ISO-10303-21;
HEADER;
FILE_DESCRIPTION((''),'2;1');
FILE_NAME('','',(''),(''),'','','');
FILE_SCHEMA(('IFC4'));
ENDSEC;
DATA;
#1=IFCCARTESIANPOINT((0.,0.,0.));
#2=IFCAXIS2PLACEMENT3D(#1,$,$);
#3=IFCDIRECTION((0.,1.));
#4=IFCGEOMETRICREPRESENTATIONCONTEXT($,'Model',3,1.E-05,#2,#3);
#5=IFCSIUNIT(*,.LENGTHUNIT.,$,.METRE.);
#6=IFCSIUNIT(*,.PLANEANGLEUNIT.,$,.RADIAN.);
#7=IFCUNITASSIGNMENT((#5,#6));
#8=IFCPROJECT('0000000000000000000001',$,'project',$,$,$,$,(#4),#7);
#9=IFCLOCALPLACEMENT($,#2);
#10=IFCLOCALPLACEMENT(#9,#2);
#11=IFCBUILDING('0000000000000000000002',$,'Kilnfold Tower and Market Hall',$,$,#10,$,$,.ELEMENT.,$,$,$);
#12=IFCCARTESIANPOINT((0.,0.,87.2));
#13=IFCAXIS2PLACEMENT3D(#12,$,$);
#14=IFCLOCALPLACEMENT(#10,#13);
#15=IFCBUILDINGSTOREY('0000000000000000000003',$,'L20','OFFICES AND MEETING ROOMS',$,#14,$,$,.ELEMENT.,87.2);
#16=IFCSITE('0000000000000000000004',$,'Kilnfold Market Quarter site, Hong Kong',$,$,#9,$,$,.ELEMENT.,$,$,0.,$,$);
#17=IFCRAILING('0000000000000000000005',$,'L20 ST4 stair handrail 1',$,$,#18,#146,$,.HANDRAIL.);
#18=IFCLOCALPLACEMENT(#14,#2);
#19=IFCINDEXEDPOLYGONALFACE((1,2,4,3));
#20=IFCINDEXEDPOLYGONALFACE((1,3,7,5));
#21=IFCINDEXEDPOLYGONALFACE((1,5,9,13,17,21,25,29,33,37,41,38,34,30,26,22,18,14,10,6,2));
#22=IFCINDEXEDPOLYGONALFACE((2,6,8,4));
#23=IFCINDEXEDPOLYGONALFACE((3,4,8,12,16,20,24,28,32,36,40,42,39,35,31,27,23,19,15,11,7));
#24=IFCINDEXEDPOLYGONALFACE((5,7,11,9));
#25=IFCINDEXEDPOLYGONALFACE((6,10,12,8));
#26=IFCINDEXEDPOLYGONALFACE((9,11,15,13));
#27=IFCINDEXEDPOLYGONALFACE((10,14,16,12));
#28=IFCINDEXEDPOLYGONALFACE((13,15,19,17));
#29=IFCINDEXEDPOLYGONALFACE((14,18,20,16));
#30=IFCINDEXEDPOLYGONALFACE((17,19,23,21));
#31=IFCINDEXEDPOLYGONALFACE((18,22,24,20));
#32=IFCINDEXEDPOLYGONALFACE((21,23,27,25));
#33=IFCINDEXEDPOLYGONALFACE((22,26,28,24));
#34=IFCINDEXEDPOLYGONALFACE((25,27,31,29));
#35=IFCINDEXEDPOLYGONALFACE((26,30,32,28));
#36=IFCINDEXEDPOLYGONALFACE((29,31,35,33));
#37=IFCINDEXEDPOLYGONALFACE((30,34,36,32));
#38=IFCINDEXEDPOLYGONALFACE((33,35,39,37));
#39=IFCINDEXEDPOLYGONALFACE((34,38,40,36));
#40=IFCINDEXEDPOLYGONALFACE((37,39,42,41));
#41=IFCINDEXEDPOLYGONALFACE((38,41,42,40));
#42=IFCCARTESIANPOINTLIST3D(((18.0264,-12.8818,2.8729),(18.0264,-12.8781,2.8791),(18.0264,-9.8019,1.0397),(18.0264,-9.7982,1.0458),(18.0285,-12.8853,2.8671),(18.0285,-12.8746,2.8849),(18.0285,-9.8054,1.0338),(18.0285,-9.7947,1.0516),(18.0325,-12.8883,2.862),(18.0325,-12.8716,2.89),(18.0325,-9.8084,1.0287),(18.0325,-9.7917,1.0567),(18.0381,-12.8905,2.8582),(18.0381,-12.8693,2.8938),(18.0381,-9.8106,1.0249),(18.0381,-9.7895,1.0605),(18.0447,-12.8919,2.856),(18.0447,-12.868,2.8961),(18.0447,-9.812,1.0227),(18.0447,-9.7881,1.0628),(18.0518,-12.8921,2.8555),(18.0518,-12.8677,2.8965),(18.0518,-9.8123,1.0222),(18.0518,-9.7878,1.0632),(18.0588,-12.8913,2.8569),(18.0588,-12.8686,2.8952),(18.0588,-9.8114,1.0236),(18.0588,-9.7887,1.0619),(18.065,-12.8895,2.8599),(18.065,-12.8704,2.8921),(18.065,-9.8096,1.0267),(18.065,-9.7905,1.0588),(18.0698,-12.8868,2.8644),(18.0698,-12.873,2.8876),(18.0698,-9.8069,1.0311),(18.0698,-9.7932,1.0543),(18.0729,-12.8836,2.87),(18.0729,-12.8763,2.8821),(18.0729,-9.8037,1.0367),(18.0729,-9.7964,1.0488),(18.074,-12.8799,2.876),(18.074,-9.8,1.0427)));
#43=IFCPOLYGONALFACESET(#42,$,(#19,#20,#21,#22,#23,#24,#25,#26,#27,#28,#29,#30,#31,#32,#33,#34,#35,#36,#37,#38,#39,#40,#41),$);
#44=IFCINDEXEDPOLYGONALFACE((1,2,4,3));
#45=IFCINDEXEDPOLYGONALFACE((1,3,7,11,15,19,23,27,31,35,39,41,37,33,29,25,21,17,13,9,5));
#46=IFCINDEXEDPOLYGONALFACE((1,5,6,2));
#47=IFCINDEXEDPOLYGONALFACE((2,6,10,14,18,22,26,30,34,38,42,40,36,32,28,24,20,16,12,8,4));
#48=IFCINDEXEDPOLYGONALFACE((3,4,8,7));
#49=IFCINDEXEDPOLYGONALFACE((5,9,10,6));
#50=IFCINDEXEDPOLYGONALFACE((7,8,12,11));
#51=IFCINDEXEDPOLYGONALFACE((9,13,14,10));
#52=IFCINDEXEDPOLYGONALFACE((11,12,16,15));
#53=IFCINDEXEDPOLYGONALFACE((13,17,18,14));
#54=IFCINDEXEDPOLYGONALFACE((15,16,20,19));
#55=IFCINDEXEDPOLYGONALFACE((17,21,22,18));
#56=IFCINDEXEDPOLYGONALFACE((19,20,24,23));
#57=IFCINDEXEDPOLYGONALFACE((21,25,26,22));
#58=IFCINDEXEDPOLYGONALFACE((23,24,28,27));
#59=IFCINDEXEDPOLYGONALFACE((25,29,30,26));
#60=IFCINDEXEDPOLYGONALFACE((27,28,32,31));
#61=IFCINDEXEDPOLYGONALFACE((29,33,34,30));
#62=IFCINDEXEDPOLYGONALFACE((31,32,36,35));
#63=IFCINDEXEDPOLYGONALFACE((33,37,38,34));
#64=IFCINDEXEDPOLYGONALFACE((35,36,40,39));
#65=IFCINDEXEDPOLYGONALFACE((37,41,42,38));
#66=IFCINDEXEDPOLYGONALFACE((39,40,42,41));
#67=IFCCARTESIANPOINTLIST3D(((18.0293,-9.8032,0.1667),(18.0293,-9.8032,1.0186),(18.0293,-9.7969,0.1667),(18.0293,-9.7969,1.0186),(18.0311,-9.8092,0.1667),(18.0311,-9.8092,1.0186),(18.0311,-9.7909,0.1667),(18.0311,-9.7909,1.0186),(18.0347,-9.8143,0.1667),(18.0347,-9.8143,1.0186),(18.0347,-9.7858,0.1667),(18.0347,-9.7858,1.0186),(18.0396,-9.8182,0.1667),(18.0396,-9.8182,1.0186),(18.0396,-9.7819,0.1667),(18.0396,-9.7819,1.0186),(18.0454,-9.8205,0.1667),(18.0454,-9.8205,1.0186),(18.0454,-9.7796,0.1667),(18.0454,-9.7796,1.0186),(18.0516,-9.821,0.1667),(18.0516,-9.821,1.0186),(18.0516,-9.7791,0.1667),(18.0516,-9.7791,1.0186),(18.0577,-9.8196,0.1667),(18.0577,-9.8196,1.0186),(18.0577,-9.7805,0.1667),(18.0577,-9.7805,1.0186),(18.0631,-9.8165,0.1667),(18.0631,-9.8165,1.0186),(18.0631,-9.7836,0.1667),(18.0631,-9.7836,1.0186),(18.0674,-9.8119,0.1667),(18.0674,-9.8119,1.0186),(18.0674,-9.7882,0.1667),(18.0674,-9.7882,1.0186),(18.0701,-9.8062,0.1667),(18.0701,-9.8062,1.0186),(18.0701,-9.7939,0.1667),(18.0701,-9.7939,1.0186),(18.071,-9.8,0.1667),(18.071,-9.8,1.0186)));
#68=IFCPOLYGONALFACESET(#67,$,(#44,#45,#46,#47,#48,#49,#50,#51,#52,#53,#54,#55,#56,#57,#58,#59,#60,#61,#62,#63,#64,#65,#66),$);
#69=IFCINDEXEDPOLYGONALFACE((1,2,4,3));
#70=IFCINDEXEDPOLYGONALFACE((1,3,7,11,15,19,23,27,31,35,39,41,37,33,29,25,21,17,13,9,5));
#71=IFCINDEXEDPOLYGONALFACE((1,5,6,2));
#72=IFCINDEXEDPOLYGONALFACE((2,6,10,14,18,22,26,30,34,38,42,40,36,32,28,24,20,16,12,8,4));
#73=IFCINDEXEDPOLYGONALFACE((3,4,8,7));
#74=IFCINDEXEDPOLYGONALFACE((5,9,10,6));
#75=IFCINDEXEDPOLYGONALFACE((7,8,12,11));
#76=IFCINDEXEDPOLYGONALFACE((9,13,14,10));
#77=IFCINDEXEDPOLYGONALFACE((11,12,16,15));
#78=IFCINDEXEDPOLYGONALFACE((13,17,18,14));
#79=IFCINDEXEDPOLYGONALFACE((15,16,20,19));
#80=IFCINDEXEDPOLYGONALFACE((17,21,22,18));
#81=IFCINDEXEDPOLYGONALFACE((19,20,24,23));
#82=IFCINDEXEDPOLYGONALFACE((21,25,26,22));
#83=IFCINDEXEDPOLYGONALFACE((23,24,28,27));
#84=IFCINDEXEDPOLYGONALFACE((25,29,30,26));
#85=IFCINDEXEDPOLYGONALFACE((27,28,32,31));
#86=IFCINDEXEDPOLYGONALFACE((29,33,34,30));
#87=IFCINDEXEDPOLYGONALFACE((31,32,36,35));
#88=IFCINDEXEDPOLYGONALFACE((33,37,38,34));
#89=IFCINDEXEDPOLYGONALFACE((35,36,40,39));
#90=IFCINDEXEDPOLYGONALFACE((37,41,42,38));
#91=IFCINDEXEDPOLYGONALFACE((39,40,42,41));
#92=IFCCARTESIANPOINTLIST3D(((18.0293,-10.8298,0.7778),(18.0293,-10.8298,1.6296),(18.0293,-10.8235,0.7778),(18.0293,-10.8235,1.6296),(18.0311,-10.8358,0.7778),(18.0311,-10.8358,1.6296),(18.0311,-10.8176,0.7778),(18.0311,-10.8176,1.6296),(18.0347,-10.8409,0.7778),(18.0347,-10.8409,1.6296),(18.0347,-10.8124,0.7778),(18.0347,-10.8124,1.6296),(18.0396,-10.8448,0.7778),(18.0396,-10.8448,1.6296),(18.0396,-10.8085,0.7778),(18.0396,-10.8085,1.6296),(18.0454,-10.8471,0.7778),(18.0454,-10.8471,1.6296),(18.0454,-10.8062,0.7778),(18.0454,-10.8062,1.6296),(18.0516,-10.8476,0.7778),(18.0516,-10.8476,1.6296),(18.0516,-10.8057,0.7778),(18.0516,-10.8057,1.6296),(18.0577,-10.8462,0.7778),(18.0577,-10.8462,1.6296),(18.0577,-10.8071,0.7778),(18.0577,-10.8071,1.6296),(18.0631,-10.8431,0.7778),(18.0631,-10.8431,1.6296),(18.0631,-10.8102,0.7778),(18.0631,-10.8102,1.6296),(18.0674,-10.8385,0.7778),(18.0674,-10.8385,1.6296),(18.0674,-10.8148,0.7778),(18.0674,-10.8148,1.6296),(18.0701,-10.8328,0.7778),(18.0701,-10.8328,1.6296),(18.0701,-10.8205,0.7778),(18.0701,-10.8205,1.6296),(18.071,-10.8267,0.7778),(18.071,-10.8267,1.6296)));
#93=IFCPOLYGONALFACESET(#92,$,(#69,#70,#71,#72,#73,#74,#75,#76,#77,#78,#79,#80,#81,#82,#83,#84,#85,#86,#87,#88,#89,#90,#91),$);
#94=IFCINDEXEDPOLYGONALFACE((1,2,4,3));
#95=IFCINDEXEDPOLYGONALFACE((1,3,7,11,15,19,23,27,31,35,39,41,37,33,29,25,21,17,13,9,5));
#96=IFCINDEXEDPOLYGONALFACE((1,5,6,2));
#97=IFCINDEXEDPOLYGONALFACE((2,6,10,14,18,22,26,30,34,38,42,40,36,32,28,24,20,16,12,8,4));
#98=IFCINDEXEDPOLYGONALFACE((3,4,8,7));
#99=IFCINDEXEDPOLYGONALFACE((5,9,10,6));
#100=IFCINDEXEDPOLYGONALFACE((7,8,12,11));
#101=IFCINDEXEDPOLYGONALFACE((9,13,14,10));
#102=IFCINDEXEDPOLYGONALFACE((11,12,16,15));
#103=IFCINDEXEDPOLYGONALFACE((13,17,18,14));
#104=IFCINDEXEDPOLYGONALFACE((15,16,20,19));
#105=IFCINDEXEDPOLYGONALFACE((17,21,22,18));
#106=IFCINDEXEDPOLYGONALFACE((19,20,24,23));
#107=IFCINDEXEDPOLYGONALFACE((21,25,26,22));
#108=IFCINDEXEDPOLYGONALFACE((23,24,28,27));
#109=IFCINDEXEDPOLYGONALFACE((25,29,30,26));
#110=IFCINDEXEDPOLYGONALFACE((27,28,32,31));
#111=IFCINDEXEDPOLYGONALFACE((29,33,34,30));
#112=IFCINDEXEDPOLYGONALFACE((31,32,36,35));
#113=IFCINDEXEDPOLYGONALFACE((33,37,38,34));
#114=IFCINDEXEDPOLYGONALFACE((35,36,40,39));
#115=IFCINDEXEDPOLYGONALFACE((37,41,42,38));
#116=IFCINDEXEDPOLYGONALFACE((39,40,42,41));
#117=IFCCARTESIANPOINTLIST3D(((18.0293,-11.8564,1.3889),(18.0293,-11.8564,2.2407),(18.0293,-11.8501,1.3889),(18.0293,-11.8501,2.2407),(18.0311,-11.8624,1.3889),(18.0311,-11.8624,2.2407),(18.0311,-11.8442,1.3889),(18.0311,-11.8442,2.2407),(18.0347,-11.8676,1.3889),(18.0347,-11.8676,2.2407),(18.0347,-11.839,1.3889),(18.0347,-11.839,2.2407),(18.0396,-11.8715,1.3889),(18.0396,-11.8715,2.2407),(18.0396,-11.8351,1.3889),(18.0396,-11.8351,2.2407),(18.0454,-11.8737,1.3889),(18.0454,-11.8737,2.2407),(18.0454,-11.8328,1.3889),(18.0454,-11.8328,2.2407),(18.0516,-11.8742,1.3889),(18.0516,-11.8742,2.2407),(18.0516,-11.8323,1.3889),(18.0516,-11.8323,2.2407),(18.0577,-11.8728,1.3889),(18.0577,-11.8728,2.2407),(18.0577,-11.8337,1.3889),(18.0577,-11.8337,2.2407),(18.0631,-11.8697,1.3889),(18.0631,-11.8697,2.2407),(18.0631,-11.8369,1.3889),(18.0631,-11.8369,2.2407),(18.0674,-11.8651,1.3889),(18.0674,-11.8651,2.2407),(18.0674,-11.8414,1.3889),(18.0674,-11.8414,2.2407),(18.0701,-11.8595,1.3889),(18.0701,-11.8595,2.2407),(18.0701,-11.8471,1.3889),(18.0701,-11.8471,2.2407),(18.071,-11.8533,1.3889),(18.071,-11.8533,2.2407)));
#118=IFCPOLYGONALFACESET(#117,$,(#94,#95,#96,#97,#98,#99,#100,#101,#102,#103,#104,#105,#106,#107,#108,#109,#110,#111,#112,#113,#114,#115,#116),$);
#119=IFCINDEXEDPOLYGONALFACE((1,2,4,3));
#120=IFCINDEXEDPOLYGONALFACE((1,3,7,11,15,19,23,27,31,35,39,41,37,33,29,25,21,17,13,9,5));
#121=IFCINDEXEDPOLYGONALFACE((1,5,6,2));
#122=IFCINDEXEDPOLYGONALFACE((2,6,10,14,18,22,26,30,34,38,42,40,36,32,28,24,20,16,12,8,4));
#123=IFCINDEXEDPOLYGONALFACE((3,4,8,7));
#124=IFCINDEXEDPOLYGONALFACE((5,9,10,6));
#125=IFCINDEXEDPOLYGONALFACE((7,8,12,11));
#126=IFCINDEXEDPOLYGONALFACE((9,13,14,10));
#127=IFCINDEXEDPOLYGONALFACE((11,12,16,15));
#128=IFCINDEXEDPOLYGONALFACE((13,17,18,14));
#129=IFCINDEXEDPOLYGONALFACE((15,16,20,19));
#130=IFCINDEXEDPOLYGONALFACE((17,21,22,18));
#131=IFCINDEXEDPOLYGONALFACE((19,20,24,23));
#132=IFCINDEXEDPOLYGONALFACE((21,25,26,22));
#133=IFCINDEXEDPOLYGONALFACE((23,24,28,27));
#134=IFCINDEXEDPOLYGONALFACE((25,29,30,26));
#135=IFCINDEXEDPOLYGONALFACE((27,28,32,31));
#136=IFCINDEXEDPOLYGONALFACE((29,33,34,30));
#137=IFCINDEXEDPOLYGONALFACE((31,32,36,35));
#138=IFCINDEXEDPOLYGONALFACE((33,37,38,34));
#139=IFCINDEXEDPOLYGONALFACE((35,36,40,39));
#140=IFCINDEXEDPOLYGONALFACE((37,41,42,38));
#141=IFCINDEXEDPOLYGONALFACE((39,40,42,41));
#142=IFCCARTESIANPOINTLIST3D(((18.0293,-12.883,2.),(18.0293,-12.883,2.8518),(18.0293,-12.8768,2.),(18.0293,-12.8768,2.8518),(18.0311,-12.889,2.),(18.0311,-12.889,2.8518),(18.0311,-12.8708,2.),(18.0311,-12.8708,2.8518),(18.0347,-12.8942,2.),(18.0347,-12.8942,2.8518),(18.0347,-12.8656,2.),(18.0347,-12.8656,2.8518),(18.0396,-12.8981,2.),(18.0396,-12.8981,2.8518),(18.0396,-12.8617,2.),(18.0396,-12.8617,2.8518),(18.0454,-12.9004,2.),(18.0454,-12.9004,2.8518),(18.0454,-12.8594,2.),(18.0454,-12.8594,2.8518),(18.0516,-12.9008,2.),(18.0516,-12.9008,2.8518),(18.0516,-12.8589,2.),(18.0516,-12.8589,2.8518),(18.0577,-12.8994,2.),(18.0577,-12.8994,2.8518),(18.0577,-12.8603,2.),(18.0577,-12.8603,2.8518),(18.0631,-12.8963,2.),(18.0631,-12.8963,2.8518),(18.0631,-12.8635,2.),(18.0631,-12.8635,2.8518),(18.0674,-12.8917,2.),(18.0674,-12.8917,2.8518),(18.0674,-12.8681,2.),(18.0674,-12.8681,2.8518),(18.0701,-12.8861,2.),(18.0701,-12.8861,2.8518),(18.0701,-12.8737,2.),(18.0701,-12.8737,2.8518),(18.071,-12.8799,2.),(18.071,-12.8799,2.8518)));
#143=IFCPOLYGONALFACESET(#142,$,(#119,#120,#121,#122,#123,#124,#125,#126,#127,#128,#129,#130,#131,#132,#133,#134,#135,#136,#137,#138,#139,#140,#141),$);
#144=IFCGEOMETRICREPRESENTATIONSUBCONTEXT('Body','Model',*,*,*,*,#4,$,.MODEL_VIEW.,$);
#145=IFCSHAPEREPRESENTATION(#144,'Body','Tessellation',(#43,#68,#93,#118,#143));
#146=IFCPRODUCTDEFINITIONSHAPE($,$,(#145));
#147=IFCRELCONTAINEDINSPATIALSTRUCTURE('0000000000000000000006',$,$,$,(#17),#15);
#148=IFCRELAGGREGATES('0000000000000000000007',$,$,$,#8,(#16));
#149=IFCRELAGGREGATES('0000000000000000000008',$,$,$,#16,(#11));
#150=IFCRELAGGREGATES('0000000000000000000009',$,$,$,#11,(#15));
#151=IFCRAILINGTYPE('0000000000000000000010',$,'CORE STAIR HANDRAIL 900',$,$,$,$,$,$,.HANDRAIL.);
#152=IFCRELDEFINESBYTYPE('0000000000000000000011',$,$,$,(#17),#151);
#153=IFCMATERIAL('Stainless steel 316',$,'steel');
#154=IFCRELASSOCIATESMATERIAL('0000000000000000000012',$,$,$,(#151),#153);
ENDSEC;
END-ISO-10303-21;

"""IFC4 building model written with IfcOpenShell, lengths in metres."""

from ifc_helpers import new_model, si_unit, direction, frame, origin, origin_2d, place, context, subcontext, project, spatial, circle, extrude, material, type_object, element, save


model = new_model("IFC4")

# Units and contexts
model_context = context("Model", 3, precision=1e-05, world=origin(), true_north=direction((0.0, 1.0)))
body_context = subcontext(model_context, "Body", "Model", "MODEL_VIEW")
ifc_project = project(units=[si_unit("LENGTHUNIT", "METRE"), si_unit("PLANEANGLEUNIT", "RADIAN")], contexts=[model_context])

# Site, building, storey
site_placement = place(None, origin())
site = spatial("IfcSite", under=ifc_project, at=site_placement, Name="Kilnfold Market Quarter site, Hong Kong", CompositionType="ELEMENT", RefElevation=0.0)
building_placement = place(site_placement, origin())
building = spatial("IfcBuilding", under=site, at=building_placement, Name="Kilnfold Tower and Market Hall", CompositionType="ELEMENT")
storey_placement = place(building_placement, frame((0.0, 0.0, 87.2)))
storey = spatial("IfcBuildingStorey", under=building, at=storey_placement, Name="L20", Description="OFFICES AND MEETING ROOMS", CompositionType="ELEMENT", Elevation=87.2)

# Railing
ifc_material_1 = material(Name="Stainless steel 316", Category="steel")
railing_type_1 = type_object("IfcRailingType", Name="CORE STAIR HANDRAIL 900", PredefinedType="HANDRAIL", material=ifc_material_1)
railing_1_placement = place(storey_placement, frame((18.05, -9.8, 0.1667)))
element("IfcRailing", 1, at=railing_1_placement, inside=storey, type_object=railing_type_1, Name="L20 ST4 stair handrail 1", PredefinedType="HANDRAIL", context=body_context, shape_type="SweptSolid", body=[
    extrude(circle(Radius=0.0239, at=origin_2d()), frame((0.0, 0.0, 0.876), z_axis=(0.0, -0.859291, 0.511487), x_axis=(1.0, 0.0, 0.0)), (0.0, 0.0, 1.0), 3.5842),
    extrude(circle(Radius=0.021, at=origin_2d()), origin(), (0.0, 0.0, 1.0), 0.8518),
    extrude(circle(Radius=0.021, at=origin_2d()), frame((0.0, -1.0266, 0.6111)), (0.0, 0.0, 1.0), 0.8518),
    extrude(circle(Radius=0.021, at=origin_2d()), frame((0.0, -2.0532, 1.2222)), (0.0, 0.0, 1.0), 0.8518),
    extrude(circle(Radius=0.021, at=origin_2d()), frame((0.0, -3.0798, 1.8333)), (0.0, 0.0, 1.0), 0.8518),
])

save(model, "model.ifc")
